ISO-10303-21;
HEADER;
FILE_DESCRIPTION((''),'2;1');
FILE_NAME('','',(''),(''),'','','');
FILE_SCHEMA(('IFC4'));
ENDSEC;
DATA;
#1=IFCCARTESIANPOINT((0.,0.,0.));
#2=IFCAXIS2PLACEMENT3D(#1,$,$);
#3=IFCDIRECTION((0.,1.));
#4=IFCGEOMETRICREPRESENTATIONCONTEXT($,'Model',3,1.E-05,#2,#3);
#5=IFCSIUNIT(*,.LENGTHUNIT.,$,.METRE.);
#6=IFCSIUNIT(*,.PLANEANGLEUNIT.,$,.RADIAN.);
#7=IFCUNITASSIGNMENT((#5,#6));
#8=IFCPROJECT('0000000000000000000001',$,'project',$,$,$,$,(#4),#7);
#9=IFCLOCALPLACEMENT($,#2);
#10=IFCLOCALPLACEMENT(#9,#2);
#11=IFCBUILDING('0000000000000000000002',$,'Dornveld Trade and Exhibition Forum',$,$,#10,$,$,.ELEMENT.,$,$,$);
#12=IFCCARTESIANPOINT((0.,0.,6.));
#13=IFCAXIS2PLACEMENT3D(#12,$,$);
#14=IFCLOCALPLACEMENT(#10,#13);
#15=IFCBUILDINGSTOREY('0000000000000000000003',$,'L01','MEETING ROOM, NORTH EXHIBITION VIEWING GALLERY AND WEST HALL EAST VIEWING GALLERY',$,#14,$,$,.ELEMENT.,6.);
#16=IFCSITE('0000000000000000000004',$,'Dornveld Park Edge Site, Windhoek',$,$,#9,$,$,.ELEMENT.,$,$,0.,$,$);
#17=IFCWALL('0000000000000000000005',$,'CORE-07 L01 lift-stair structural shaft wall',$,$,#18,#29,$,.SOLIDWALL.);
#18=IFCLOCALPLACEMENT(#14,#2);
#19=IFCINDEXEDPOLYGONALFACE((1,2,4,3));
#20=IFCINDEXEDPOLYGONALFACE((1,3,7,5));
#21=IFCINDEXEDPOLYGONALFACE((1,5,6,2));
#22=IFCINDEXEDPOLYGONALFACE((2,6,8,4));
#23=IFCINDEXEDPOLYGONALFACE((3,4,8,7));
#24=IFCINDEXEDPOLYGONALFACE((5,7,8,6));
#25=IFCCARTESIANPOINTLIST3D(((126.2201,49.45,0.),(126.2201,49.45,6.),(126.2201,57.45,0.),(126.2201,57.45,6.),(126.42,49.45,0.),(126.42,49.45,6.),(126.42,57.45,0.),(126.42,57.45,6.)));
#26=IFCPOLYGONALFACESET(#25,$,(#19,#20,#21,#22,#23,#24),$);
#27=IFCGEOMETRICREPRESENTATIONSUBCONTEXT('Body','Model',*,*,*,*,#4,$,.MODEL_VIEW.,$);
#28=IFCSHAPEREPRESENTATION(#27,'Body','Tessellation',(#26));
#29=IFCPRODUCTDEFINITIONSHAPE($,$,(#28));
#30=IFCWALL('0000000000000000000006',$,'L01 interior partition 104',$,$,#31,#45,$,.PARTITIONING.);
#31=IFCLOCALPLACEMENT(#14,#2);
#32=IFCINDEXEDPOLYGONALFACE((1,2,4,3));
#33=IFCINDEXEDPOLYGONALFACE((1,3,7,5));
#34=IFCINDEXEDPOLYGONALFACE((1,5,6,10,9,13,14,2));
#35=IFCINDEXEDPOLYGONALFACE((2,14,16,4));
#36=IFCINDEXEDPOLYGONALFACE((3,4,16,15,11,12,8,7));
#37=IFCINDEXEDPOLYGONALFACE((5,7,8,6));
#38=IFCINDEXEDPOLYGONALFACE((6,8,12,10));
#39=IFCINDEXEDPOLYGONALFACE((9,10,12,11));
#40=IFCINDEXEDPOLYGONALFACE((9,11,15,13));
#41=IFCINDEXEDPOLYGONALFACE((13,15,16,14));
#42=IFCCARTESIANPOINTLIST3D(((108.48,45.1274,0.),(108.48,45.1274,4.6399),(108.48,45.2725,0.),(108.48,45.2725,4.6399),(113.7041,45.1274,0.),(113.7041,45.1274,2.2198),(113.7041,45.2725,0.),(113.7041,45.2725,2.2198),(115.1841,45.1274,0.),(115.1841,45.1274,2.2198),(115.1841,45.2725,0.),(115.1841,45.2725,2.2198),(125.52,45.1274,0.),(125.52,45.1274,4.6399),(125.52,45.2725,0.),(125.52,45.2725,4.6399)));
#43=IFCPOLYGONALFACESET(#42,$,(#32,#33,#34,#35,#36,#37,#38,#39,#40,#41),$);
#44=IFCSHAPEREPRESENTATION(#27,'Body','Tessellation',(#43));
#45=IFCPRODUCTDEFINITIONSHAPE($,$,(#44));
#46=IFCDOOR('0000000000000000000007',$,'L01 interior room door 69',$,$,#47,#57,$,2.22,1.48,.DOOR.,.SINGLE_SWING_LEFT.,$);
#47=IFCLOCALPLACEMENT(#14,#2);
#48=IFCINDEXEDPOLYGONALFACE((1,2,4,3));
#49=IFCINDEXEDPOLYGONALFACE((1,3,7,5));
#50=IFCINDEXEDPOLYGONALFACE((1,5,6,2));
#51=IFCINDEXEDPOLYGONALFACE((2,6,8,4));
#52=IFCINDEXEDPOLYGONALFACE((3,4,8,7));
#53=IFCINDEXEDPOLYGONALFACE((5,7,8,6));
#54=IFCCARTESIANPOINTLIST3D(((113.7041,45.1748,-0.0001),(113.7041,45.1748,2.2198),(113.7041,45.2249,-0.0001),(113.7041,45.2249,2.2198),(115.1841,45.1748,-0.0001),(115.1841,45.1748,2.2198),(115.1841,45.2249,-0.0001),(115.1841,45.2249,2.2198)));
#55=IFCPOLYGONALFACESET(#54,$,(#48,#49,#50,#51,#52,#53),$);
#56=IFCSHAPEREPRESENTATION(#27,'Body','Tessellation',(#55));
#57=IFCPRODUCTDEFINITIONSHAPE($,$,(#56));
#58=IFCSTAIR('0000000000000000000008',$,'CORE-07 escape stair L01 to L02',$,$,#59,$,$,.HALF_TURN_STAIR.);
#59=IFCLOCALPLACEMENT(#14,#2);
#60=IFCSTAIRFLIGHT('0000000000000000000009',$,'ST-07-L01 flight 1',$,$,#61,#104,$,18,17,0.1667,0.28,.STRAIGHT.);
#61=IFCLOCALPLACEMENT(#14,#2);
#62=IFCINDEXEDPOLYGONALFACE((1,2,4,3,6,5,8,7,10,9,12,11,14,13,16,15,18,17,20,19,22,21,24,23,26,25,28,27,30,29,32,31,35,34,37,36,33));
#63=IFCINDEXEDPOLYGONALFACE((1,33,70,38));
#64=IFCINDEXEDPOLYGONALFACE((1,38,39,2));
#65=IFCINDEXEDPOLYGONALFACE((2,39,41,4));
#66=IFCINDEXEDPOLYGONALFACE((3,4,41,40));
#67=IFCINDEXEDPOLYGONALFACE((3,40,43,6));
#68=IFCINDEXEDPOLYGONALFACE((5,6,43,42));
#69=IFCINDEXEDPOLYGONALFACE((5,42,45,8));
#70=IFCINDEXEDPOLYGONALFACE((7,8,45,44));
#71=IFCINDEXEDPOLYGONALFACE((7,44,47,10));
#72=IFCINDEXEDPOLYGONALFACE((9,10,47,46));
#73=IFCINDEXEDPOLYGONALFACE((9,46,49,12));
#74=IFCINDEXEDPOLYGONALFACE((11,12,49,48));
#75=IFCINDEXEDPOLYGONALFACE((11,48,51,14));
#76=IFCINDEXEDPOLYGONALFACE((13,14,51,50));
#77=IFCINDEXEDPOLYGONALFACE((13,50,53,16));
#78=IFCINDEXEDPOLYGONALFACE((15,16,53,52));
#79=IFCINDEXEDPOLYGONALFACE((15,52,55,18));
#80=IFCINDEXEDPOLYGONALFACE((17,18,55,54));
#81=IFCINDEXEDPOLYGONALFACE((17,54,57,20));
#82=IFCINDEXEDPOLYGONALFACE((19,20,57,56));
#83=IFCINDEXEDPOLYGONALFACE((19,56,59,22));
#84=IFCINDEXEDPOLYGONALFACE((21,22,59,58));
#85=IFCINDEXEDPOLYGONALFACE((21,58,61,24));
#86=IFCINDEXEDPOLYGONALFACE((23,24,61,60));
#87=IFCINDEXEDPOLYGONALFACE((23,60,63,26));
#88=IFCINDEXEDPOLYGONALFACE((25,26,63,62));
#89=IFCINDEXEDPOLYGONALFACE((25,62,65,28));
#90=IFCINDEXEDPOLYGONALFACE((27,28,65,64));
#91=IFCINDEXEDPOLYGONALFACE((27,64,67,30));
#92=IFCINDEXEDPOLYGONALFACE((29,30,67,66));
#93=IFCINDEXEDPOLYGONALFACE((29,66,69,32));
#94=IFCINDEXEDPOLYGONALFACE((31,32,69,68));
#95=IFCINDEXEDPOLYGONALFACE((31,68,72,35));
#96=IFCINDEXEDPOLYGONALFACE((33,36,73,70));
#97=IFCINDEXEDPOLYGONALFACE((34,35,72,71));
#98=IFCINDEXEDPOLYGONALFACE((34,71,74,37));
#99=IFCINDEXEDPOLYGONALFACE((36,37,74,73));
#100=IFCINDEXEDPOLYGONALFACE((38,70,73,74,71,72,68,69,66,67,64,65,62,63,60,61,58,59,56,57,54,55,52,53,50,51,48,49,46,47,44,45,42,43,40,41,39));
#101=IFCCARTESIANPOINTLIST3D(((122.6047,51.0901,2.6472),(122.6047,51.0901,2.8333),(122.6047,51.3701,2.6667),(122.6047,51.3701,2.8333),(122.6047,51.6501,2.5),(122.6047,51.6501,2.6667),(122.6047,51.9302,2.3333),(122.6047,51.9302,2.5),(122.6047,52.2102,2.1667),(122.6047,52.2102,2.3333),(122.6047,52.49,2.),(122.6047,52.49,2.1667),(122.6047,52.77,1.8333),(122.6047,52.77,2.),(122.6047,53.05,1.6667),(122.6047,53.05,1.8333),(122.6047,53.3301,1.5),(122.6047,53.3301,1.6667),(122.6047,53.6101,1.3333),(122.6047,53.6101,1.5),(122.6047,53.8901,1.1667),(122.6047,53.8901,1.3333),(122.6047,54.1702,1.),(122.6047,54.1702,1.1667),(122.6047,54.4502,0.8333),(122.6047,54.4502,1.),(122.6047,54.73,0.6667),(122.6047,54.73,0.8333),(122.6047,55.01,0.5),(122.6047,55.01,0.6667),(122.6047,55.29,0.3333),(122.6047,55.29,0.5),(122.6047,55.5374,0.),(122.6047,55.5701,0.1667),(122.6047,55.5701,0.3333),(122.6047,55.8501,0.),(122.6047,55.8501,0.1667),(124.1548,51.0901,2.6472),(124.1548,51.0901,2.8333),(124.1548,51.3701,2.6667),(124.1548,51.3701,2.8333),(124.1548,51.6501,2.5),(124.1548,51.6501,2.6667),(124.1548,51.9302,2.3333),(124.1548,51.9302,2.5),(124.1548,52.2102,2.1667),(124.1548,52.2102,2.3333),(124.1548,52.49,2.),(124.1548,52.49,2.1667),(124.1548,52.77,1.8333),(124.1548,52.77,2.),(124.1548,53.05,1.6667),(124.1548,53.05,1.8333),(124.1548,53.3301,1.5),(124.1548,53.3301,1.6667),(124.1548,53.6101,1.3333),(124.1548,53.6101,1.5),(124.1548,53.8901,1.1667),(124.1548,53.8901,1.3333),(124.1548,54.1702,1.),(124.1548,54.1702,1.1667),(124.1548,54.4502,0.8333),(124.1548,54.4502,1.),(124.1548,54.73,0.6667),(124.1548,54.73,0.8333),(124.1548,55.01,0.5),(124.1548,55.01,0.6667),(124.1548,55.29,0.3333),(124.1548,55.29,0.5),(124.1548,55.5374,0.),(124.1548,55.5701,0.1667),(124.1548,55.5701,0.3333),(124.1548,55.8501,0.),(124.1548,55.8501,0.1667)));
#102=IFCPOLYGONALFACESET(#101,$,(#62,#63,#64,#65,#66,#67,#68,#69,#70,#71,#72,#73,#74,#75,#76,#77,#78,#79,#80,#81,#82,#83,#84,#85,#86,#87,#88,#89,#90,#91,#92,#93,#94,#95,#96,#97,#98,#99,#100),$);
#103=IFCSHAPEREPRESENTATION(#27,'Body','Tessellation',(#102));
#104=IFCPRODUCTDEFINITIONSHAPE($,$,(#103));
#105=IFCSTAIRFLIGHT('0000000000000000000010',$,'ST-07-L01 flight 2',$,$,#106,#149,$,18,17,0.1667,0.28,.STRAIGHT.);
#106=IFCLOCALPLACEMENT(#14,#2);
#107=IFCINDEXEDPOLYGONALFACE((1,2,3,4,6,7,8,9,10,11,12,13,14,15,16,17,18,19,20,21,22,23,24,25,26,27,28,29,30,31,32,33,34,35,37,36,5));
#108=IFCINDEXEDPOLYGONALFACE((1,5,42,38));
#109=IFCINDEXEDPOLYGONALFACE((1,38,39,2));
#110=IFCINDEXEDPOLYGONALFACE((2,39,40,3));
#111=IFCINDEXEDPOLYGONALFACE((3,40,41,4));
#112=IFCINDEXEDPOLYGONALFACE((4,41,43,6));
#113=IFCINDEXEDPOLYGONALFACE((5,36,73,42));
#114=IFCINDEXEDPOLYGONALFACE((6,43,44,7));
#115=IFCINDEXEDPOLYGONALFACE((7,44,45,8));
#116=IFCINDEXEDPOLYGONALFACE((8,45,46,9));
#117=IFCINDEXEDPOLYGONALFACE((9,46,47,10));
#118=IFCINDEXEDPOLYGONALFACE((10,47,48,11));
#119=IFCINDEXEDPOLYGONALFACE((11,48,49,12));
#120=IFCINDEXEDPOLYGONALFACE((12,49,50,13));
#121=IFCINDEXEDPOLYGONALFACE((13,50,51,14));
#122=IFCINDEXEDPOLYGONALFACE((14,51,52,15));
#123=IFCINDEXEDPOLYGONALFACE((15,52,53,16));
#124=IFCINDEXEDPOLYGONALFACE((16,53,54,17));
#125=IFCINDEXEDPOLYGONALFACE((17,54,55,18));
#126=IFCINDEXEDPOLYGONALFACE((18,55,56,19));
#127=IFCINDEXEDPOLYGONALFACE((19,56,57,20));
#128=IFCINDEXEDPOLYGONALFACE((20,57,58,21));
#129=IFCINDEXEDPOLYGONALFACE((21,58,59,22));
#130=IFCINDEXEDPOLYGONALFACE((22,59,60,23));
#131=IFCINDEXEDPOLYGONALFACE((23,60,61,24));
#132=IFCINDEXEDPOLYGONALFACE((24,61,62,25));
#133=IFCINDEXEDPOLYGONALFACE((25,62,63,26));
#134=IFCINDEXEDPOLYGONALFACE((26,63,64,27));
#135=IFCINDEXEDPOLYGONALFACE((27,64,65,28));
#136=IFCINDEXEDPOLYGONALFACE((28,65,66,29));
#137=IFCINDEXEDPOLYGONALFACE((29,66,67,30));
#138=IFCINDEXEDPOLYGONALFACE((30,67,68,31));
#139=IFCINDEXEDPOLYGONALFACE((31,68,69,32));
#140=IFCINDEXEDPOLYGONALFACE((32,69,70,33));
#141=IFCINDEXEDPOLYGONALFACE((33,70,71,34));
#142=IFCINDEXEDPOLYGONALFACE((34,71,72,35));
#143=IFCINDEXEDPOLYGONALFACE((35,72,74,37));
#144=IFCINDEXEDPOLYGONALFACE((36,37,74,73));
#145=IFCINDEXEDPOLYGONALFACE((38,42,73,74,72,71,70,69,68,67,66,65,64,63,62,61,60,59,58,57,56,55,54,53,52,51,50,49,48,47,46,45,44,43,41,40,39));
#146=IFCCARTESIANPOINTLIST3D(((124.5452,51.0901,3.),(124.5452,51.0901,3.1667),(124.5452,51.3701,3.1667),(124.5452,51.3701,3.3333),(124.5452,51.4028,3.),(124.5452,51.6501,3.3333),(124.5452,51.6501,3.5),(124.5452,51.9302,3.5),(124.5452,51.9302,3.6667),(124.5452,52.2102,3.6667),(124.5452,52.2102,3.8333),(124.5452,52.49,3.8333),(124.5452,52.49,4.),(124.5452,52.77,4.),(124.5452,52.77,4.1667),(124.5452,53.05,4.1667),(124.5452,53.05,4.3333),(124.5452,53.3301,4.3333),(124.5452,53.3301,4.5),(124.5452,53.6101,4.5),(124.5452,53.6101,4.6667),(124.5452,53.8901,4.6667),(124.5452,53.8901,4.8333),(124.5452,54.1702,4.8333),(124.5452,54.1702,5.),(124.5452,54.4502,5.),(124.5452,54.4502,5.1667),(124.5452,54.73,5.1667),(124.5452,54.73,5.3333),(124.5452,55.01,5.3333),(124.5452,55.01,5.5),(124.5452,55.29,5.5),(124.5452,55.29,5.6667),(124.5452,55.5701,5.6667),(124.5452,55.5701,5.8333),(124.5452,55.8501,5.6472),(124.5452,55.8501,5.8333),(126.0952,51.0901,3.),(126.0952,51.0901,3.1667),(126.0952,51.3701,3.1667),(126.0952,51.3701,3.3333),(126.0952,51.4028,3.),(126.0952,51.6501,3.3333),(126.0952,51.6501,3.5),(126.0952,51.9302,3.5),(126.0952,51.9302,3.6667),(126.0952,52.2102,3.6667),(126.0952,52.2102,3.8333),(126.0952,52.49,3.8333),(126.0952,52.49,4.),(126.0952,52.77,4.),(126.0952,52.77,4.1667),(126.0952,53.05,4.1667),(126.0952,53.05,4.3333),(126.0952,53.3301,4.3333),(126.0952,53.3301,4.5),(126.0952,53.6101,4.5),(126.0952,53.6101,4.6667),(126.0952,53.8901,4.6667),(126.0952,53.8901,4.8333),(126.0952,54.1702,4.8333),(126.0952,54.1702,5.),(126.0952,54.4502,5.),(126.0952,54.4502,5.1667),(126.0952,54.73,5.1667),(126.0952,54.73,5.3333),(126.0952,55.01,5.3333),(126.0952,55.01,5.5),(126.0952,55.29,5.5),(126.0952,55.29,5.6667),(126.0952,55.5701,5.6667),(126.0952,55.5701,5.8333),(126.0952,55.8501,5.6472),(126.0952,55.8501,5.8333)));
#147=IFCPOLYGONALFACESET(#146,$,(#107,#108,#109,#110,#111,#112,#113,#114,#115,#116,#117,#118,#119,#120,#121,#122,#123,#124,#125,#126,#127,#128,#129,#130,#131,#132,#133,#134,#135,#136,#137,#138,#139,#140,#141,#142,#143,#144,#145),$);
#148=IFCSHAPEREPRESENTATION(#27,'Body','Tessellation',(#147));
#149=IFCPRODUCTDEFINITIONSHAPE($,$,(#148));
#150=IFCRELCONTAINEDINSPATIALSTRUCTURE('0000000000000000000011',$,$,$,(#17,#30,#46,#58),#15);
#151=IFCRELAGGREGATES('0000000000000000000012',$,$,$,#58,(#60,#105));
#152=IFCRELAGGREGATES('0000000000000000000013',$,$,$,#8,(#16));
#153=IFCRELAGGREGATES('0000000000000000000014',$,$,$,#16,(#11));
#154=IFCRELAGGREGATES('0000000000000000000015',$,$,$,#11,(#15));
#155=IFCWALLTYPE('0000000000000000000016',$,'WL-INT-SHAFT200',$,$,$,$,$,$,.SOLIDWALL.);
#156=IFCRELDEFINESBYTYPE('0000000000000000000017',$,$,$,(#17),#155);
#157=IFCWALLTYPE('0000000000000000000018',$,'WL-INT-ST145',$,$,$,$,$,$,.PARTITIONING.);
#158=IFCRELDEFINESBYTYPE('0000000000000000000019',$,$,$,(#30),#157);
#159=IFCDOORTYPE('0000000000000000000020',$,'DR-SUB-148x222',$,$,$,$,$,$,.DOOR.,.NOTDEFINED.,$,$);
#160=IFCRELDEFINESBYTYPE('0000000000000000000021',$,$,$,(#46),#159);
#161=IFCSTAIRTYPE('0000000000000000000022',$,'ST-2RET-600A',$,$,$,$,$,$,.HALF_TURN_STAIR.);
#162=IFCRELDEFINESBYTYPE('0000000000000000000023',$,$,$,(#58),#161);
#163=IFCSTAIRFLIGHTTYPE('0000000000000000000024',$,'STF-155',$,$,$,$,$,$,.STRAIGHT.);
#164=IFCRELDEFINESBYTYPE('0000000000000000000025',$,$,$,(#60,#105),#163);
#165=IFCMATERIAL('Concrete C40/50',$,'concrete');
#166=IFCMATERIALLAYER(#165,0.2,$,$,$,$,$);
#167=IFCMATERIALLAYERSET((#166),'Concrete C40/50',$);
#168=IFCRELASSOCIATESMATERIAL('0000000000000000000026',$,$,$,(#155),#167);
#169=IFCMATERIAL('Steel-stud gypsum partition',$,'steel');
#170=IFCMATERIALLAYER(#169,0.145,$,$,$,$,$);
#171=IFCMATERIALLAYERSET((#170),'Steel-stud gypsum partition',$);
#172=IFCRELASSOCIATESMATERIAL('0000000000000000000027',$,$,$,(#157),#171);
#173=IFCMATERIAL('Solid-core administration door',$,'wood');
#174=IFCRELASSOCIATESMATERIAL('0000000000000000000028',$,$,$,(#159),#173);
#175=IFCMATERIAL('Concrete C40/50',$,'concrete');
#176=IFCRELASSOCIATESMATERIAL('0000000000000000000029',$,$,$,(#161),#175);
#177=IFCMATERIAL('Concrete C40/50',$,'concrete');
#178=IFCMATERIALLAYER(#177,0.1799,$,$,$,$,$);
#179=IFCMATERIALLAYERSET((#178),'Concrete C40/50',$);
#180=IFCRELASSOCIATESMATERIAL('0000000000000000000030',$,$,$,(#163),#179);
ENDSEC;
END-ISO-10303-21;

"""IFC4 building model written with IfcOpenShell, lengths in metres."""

from ifc_helpers import new_model, si_unit, direction, frame, frame_2d, origin, place, context, subcontext, project, spatial, polyline, rectangle, outline, extrude, material, layer, layer_set, type_object, element, fill, aggregate, save


model = new_model("IFC4")

# Units and contexts
model_context = context("Model", 3, precision=1e-05, world=origin(), true_north=direction((0.0, 1.0)))
body_context = subcontext(model_context, "Body", "Model", "MODEL_VIEW")
ifc_project = project(units=[si_unit("LENGTHUNIT", "METRE"), si_unit("PLANEANGLEUNIT", "RADIAN")], contexts=[model_context])

# Site, building, storey
site_placement = place(None, origin())
site = spatial("IfcSite", under=ifc_project, at=site_placement, Name="Dornveld Park Edge Site, Windhoek", CompositionType="ELEMENT", RefElevation=0.0)
building_placement = place(site_placement, origin())
building = spatial("IfcBuilding", under=site, at=building_placement, Name="Dornveld Trade and Exhibition Forum", CompositionType="ELEMENT")
storey_placement = place(building_placement, frame((0.0, 0.0, 6.0)))
storey = spatial("IfcBuildingStorey", under=building, at=storey_placement, Name="L01", Description="MEETING ROOM, NORTH EXHIBITION VIEWING GALLERY AND WEST HALL EAST VIEWING GALLERY", CompositionType="ELEMENT", Elevation=6.0)

# Wall
ifc_material_1 = material(Name="Concrete C40/50", Category="concrete")
ifc_layer_1 = layer(ifc_material_1, 0.2)
ifc_layer_set_1 = layer_set([ifc_layer_1], Name="Concrete C40/50")
wall_type_1 = type_object("IfcWallType", Name="WL-INT-SHAFT200", PredefinedType="SOLIDWALL", material=ifc_layer_set_1)
wall_1_placement = place(storey_placement, frame((126.3201, 49.45, 0.0), z_axis=(0.0, 0.0, 1.0), x_axis=(0.0, 1.0, 0.0)))
element("IfcWall", 1, at=wall_1_placement, inside=storey, type_object=wall_type_1, Name="CORE-07 L01 lift-stair structural shaft wall", PredefinedType="SOLIDWALL", context=body_context, shape_type="SweptSolid", body=[
    extrude(rectangle(XDim=8.0, YDim=0.2, at=frame_2d((4.0, 0.0))), origin(), (0.0, 0.0, 1.0), 6.0),
])

# Wall, opening, door
ifc_material_2 = material(Name="Steel-stud gypsum partition", Category="steel")
ifc_layer_2 = layer(ifc_material_2, 0.145)
ifc_layer_set_2 = layer_set([ifc_layer_2], Name="Steel-stud gypsum partition")
wall_type_2 = type_object("IfcWallType", Name="WL-INT-ST145", PredefinedType="PARTITIONING", material=ifc_layer_set_2)
wall_2_placement = place(storey_placement, frame((108.48, 45.2, 0.0), z_axis=(0.0, 0.0, 1.0), x_axis=(1.0, 0.0, 0.0)))
wall_2 = element("IfcWall", 2, at=wall_2_placement, inside=storey, type_object=wall_type_2, Name="L01 interior partition 104", PredefinedType="PARTITIONING", context=body_context, shape_type="SweptSolid", body=[
    extrude(rectangle(XDim=17.04, YDim=0.145, at=frame_2d((8.52, 0.0))), origin(), (0.0, 0.0, 1.0), 4.6399),
])
opening_1_placement = place(wall_2_placement, frame((5.2241, 0.0, 0.0)))
opening_1 = element("IfcOpeningElement", 3, at=opening_1_placement, cuts=wall_2, PredefinedType="OPENING", context=body_context, shape_type="SweptSolid", body=[
    extrude(rectangle(XDim=1.48, YDim=2.22, at=frame_2d((0.74, 1.1099))), frame((0.0, 0.0825, 0.0), z_axis=(0.0, -1.0, 0.0), x_axis=(1.0, 0.0, 0.0)), (0.0, 0.0, 1.0), 0.165),
])
ifc_material_3 = material(Name="Solid-core administration door", Category="wood")
door_type_1 = type_object("IfcDoorType", Name="DR-SUB-148x222", OperationType="NOTDEFINED", PredefinedType="DOOR", material=ifc_material_3)
door_1_placement = place(opening_1_placement, origin())
door_1 = element("IfcDoor", 4, at=door_1_placement, inside=storey, type_object=door_type_1, Name="L01 interior room door 69", OperationType="SINGLE_SWING_LEFT", OverallHeight=2.22, OverallWidth=1.48, PredefinedType="DOOR", context=body_context, shape_type="SweptSolid", body=[
    extrude(rectangle(XDim=1.48, YDim=2.22, at=frame_2d((0.74, 1.1099))), frame((0.0, 0.0249, 0.0), z_axis=(0.0, -1.0, 0.0), x_axis=(1.0, 0.0, 0.0)), (0.0, 0.0, 1.0), 0.05),
])
fill(opening_1, door_1)

# Stair, stair flights
ifc_material_4 = material(Name="Concrete C40/50", Category="concrete")
stair_type = type_object("IfcStairType", Name="ST-2RET-600A", PredefinedType="HALF_TURN_STAIR", material=ifc_material_4)
stair_placement = place(storey_placement, origin())
stair = element("IfcStair", 5, at=stair_placement, inside=storey, type_object=stair_type, Name="CORE-07 escape stair L01 to L02", PredefinedType="HALF_TURN_STAIR")
ifc_material_5 = material(Name="Concrete C40/50", Category="concrete")
ifc_layer_3 = layer(ifc_material_5, 0.1799)
ifc_layer_set_3 = layer_set([ifc_layer_3], Name="Concrete C40/50")
stair_flight_type = type_object("IfcStairFlightType", Name="STF-155", PredefinedType="STRAIGHT", material=ifc_layer_set_3)
stair_flight_1_placement = place(storey_placement, frame((123.3799, 55.8501, 0.0), z_axis=(0.0, 0.0, 1.0), x_axis=(0.0, -1.0, 0.0)))
stair_flight_1 = element("IfcStairFlight", 6, at=stair_flight_1_placement, type_object=stair_flight_type, Name="ST-07-L01 flight 1", NumberOfRisers=18, NumberOfTreads=17, PredefinedType="STRAIGHT", RiserHeight=0.1667, TreadLength=0.28, context=body_context, shape_type="SweptSolid", body=[
    extrude(outline(polyline([(0.0, 0.0), (0.0, 0.1667), (0.28, 0.1667), (0.28, 0.3333), (0.5601, 0.3333), (0.5601, 0.5), (0.8401, 0.5), (0.8401, 0.6667), (1.1201, 0.6667), (1.1201, 0.8333), (1.3999, 0.8333), (1.3999, 1.0), (1.6799, 1.0), (1.6799, 1.1667), (1.96, 1.1667), (1.96, 1.3333), (2.24, 1.3333), (2.24, 1.5), (2.52, 1.5), (2.52, 1.6667), (2.8, 1.6667), (2.8, 1.8333), (3.0801, 1.8333), (3.0801, 2.0), (3.3601, 2.0), (3.3601, 2.1667), (3.6399, 2.1667), (3.6399, 2.3333), (3.9199, 2.3333), (3.9199, 2.5), (4.2, 2.5), (4.2, 2.6667), (4.48, 2.6667), (4.48, 2.8333), (4.76, 2.8333), (4.76, 3.0), (4.76, 2.6472), (0.3127, 0.0), (0.0, 0.0)])), frame((0.0, 0.7749, 0.0), z_axis=(0.0, -1.0, 0.0), x_axis=(1.0, 0.0, 0.0)), (0.0, 0.0, 1.0), 1.55),
])
stair_flight_2_placement = place(storey_placement, frame((125.3201, 51.0901, 3.0), z_axis=(0.0, 0.0, 1.0), x_axis=(0.0, 1.0, 0.0)))
stair_flight_2 = element("IfcStairFlight", 7, at=stair_flight_2_placement, type_object=stair_flight_type, Name="ST-07-L01 flight 2", NumberOfRisers=18, NumberOfTreads=17, PredefinedType="STRAIGHT", RiserHeight=0.1667, TreadLength=0.28, context=body_context, shape_type="SweptSolid", body=[
    extrude(outline(polyline([(0.0, 0.0), (0.0, 0.1667), (0.28, 0.1667), (0.28, 0.3333), (0.5601, 0.3333), (0.5601, 0.5), (0.8401, 0.5), (0.8401, 0.6667), (1.1201, 0.6667), (1.1201, 0.8333), (1.3999, 0.8333), (1.3999, 1.0), (1.6799, 1.0), (1.6799, 1.1667), (1.96, 1.1667), (1.96, 1.3333), (2.24, 1.3333), (2.24, 1.5), (2.52, 1.5), (2.52, 1.6667), (2.8, 1.6667), (2.8, 1.8333), (3.0801, 1.8333), (3.0801, 2.0), (3.3601, 2.0), (3.3601, 2.1667), (3.6399, 2.1667), (3.6399, 2.3333), (3.9199, 2.3333), (3.9199, 2.5), (4.2, 2.5), (4.2, 2.6667), (4.48, 2.6667), (4.48, 2.8333), (4.76, 2.8333), (4.76, 3.0), (4.76, 2.6472), (0.3127, 0.0), (0.0, 0.0)])), frame((0.0, 0.7749, 0.0), z_axis=(0.0, -1.0, 0.0), x_axis=(1.0, 0.0, 0.0)), (0.0, 0.0, 1.0), 1.55),
])
aggregate(stair, [stair_flight_1, stair_flight_2])

save(model, "model.ifc")
